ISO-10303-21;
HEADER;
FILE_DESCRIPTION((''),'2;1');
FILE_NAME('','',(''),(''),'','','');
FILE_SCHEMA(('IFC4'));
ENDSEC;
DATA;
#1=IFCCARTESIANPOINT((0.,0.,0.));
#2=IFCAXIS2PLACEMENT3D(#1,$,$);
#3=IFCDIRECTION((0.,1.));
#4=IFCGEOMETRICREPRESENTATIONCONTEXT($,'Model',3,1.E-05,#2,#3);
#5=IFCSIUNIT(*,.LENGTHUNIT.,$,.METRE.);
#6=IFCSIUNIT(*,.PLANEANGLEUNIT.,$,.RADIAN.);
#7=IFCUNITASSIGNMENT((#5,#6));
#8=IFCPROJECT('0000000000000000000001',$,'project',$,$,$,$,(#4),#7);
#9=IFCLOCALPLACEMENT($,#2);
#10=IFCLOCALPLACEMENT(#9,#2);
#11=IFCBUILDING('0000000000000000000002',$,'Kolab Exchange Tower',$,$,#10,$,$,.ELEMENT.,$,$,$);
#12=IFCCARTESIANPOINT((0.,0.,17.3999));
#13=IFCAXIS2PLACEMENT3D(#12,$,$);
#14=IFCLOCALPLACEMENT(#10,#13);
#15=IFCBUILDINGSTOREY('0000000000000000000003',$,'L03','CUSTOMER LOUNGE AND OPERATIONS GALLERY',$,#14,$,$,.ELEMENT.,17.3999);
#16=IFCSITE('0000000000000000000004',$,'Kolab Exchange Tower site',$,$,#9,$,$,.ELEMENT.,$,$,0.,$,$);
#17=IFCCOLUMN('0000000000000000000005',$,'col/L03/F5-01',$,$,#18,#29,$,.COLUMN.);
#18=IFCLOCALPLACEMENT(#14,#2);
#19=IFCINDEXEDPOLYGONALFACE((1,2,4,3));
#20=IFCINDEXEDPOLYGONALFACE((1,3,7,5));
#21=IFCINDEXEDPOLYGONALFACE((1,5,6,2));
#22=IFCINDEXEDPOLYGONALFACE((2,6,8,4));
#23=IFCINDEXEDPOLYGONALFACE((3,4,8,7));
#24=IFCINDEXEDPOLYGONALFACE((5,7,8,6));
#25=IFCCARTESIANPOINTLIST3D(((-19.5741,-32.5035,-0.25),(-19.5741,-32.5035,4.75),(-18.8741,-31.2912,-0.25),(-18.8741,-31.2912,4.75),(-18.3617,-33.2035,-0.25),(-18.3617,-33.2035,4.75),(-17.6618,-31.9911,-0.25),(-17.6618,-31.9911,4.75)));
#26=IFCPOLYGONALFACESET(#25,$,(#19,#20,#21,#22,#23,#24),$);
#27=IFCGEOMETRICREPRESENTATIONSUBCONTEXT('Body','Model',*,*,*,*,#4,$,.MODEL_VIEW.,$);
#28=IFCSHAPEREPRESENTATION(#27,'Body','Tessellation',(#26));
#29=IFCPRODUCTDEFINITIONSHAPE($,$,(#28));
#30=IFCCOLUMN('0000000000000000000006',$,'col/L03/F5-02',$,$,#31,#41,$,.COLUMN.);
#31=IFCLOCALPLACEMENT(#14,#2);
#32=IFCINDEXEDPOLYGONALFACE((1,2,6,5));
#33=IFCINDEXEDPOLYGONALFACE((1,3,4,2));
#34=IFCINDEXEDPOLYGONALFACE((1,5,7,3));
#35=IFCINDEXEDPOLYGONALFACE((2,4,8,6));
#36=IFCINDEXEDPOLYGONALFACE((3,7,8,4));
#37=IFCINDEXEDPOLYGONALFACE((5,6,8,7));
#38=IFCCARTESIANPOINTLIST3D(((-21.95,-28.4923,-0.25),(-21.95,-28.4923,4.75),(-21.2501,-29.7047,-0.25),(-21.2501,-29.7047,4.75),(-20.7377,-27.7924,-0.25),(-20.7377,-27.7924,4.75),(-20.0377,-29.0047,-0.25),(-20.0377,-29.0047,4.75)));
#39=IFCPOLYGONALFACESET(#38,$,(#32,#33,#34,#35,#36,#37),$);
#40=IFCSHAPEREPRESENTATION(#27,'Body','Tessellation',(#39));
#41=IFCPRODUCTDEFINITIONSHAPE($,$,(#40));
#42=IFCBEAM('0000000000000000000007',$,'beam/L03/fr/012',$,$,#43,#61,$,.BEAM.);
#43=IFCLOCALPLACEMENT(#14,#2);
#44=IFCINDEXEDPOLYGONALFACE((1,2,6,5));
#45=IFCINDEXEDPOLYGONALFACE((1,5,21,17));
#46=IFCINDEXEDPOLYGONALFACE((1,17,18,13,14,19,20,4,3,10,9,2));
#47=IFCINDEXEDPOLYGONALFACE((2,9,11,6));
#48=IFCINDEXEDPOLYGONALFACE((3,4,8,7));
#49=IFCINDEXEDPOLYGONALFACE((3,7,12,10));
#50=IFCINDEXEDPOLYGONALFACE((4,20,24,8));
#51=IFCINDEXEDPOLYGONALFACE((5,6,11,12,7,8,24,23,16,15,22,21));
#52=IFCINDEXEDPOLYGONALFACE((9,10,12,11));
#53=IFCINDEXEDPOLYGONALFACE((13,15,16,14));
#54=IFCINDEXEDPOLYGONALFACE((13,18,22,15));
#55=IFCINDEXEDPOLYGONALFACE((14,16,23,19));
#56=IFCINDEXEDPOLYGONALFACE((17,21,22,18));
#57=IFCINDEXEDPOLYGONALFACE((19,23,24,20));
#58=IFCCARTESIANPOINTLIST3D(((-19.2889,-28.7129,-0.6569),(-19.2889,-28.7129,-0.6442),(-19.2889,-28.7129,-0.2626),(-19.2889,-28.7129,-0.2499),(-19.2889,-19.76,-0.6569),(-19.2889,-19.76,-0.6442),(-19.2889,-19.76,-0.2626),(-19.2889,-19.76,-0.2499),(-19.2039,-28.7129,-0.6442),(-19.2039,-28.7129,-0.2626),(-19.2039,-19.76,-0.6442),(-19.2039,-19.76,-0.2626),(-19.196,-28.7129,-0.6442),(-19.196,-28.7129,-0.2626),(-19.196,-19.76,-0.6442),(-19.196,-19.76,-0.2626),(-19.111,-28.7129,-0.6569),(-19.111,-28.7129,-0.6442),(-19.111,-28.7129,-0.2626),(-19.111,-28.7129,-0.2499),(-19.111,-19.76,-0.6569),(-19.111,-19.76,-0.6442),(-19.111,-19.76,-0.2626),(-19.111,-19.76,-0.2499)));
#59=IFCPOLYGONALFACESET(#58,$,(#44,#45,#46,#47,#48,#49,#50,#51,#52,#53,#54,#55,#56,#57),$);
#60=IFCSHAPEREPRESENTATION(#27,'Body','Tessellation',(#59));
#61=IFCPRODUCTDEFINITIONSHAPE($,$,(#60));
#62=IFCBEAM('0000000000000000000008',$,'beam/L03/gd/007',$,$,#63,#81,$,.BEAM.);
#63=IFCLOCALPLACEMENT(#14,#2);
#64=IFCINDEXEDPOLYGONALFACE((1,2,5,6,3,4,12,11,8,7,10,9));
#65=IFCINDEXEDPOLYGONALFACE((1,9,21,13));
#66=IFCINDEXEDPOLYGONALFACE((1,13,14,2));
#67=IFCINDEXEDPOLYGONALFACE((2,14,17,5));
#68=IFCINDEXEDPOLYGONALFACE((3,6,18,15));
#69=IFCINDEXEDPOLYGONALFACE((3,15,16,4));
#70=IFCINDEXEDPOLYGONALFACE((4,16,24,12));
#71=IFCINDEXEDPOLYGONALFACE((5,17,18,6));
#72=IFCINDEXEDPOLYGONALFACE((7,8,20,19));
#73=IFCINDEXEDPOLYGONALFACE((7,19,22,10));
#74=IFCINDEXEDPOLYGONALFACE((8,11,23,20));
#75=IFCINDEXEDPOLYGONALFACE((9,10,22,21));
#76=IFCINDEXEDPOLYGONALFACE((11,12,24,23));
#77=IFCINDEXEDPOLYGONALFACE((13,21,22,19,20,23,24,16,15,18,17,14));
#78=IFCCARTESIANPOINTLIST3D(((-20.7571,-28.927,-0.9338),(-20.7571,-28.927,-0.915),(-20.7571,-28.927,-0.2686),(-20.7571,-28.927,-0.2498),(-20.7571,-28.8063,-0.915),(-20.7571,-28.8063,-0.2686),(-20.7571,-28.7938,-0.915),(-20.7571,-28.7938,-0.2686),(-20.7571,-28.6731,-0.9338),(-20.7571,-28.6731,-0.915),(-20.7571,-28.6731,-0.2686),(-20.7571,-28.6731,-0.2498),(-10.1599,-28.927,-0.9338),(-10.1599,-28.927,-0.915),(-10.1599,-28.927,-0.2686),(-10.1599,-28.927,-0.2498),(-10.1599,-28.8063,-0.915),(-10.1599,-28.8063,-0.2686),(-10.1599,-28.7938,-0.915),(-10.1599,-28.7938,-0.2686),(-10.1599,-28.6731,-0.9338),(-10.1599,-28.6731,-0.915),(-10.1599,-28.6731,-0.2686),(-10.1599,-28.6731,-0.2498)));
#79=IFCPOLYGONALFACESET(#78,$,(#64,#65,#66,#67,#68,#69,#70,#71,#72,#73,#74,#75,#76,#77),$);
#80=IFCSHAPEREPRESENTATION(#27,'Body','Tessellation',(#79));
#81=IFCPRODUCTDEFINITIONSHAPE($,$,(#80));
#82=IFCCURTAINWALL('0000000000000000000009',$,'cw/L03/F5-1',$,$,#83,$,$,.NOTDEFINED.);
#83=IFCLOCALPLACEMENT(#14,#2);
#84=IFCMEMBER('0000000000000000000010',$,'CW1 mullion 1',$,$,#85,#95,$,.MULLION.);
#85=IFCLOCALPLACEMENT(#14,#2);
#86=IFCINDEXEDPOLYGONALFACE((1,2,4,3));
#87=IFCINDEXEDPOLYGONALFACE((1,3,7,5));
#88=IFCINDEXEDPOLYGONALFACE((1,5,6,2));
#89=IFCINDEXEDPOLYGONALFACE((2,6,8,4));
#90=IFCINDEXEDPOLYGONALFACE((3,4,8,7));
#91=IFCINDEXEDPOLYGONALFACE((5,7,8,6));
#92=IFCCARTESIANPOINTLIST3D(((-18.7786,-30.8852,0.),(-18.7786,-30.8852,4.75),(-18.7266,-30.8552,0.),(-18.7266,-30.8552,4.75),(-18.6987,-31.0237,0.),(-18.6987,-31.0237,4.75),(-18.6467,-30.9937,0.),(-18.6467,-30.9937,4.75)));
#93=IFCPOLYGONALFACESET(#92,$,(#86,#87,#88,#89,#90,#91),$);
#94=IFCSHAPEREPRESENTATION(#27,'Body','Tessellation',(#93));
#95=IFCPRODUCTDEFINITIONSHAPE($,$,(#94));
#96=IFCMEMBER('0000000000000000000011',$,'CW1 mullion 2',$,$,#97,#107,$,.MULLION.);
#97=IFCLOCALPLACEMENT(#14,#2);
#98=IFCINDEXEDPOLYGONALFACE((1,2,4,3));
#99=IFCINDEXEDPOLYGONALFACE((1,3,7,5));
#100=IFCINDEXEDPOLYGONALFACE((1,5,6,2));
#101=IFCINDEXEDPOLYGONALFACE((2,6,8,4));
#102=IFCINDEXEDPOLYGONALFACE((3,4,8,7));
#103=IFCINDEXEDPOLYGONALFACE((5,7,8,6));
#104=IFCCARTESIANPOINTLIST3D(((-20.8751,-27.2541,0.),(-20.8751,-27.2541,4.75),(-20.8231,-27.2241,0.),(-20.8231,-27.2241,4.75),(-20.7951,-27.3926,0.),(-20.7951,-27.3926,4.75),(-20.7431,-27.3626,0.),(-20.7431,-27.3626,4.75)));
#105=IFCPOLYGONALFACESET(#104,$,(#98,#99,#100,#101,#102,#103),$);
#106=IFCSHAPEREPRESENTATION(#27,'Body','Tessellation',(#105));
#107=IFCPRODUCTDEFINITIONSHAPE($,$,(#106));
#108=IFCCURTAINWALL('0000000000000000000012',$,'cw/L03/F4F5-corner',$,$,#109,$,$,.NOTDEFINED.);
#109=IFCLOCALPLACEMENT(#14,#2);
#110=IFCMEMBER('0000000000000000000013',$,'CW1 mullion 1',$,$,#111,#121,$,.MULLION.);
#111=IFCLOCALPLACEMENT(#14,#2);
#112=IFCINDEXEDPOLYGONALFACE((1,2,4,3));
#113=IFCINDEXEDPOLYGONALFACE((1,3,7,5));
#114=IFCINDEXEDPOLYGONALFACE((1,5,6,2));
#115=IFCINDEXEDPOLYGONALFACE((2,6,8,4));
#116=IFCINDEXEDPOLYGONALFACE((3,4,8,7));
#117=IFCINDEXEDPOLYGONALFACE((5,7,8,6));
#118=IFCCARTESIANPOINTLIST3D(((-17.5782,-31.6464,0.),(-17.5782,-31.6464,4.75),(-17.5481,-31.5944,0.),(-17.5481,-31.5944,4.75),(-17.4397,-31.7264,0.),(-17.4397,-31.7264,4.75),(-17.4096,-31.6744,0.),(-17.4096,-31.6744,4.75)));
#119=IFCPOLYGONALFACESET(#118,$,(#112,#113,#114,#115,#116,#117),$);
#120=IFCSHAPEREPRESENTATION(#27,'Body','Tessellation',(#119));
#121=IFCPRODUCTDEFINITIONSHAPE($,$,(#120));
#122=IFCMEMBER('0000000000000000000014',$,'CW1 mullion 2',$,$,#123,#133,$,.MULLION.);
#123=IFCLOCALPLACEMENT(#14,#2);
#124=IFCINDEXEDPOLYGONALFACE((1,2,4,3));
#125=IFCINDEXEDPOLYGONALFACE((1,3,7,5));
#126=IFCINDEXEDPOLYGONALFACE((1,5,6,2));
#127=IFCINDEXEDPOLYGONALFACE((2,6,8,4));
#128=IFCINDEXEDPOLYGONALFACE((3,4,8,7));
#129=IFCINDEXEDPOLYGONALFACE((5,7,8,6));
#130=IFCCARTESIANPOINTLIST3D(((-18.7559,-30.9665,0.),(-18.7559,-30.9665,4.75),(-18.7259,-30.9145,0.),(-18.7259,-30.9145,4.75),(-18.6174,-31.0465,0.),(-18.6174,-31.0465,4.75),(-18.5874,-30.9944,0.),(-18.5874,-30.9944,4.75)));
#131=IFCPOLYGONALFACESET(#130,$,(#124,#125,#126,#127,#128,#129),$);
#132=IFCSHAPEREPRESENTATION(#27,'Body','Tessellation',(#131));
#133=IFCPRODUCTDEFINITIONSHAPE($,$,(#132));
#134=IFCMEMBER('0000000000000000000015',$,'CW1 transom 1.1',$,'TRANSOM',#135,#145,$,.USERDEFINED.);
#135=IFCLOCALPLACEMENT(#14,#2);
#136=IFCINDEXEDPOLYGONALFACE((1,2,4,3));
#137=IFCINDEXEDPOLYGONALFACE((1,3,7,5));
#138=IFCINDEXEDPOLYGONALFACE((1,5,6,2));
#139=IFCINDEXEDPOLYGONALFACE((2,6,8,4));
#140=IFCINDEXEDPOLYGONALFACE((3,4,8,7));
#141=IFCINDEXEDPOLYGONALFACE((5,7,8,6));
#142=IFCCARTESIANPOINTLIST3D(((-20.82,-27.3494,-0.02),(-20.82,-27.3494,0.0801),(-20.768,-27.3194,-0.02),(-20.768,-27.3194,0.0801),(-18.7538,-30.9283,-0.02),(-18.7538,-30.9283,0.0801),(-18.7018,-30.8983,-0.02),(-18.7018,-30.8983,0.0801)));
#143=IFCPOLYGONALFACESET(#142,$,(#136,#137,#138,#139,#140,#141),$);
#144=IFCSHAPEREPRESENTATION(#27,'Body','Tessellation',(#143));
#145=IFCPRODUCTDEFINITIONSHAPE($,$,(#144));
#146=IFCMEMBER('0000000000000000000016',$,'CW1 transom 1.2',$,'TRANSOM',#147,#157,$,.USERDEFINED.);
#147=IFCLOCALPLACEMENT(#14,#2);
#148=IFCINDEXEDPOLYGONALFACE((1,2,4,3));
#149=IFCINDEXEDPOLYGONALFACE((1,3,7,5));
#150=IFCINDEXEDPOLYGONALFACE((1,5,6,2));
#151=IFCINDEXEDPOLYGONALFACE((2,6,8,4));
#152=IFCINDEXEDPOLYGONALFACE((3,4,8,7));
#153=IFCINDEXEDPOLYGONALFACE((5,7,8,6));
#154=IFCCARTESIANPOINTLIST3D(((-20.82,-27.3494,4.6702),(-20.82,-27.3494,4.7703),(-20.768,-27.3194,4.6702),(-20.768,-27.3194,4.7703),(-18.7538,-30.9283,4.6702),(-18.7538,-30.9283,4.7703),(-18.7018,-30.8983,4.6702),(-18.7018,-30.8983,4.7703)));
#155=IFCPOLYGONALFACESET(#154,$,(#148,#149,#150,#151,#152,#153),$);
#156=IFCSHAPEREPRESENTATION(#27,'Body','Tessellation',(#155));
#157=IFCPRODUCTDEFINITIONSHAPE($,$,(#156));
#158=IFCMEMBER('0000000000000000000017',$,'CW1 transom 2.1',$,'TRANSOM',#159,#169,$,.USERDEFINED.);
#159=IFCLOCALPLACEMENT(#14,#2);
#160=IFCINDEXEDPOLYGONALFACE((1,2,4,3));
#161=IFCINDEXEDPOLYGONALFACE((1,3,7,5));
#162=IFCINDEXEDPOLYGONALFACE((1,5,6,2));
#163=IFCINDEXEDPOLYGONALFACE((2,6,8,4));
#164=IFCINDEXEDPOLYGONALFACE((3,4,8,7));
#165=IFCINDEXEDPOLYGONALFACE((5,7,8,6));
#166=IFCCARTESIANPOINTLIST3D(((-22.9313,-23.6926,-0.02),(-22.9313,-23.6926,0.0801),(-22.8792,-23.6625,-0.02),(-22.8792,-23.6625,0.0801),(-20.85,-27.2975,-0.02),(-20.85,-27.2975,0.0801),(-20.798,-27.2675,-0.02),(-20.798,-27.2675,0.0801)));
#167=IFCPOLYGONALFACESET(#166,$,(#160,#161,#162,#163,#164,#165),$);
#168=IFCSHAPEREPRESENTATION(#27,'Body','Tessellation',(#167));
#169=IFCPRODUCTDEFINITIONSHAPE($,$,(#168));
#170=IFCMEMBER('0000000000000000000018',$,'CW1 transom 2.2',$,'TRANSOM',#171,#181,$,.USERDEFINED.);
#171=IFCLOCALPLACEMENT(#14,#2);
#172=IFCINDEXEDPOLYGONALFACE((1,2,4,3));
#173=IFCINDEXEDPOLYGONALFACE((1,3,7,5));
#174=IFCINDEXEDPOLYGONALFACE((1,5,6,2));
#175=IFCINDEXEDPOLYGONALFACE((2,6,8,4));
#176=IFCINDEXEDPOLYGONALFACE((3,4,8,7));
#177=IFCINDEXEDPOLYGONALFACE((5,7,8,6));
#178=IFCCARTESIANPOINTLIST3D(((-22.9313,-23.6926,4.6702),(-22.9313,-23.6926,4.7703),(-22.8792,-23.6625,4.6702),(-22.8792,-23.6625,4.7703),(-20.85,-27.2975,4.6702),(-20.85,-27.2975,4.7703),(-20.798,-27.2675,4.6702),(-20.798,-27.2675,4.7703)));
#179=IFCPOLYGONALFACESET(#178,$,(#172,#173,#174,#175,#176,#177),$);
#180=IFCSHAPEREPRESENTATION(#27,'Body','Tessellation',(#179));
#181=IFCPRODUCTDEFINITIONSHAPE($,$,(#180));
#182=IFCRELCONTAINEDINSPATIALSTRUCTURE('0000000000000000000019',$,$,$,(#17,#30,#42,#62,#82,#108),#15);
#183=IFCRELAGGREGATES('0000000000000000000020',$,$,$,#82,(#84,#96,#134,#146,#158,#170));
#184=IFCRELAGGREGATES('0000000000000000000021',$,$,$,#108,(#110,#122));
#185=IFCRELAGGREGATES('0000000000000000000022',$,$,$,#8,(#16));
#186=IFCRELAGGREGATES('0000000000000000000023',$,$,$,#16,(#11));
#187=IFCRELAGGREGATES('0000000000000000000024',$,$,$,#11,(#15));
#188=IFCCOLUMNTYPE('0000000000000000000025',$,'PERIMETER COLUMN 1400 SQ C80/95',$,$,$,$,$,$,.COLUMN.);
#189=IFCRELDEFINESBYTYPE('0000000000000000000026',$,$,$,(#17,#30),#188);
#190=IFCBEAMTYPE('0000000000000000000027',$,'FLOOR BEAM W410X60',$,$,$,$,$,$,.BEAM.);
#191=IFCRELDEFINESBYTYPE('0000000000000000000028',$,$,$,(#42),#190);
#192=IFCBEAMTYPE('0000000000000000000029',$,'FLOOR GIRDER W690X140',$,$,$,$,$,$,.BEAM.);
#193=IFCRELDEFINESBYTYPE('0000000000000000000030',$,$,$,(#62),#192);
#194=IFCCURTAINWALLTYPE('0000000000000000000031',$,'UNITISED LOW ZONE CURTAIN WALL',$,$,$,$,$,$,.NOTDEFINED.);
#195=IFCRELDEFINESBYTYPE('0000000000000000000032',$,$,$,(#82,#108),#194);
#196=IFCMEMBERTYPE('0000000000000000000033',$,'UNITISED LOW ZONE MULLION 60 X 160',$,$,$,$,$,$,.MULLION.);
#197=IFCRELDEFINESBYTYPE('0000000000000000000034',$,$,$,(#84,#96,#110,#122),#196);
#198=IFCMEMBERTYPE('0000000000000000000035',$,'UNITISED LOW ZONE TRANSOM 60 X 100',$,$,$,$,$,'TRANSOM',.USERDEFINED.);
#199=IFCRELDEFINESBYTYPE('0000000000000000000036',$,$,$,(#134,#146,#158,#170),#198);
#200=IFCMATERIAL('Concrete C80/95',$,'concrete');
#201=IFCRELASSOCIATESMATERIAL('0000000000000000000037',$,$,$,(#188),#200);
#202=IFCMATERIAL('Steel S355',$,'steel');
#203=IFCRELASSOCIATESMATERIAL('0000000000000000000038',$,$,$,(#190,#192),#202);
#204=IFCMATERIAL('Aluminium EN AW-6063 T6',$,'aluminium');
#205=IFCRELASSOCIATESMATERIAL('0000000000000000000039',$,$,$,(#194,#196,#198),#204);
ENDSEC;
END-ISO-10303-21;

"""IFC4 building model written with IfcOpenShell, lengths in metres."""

from ifc_helpers import new_model, si_unit, direction, frame, origin, origin_2d, place, context, subcontext, project, spatial, rectangle, i_section, extrude, material, material_profile, profile_set, type_object, element, aggregate, save


model = new_model("IFC4")

# Units and contexts
model_context = context("Model", 3, precision=1e-05, world=origin(), true_north=direction((0.0, 1.0)))
body_context = subcontext(model_context, "Body", "Model", "MODEL_VIEW")
ifc_project = project(units=[si_unit("LENGTHUNIT", "METRE"), si_unit("PLANEANGLEUNIT", "RADIAN")], contexts=[model_context])

# Site, building, storey
site_placement = place(None, origin())
site = spatial("IfcSite", under=ifc_project, at=site_placement, Name="Kolab Exchange Tower site", CompositionType="ELEMENT", RefElevation=0.0)
building_placement = place(site_placement, origin())
building = spatial("IfcBuilding", under=site, at=building_placement, Name="Kolab Exchange Tower", CompositionType="ELEMENT")
storey_placement = place(building_placement, frame((0.0, 0.0, 17.3999)))
storey = spatial("IfcBuildingStorey", under=building, at=storey_placement, Name="L03", Description="CUSTOMER LOUNGE AND OPERATIONS GALLERY", CompositionType="ELEMENT", Elevation=17.3999)

# Columns
ifc_material_1 = material(Name="Concrete C80/95", Category="concrete")
ifc_material_profile_1 = material_profile(ifc_material_1, rectangle(XDim=1.3999, YDim=1.3999, at=origin_2d()), Name="RC1400")
ifc_profile_set_1 = profile_set([ifc_material_profile_1], Name="Concrete C80/95")
column_type = type_object("IfcColumnType", Name="PERIMETER COLUMN 1400 SQ C80/95", PredefinedType="COLUMN", material=ifc_profile_set_1)
for number, where, z_axis, x_axis, name in (
    (1, (-18.6179, -32.2473, -0.25), (0.0, 0.0, 1.0), (0.5, 0.866025, 0.0), "col/L03/F5-01"),
    (2, (-20.9939, -28.7485, -0.25), (0.0, 0.0, 1.0), (0.866025, 0.5, 0.0), "col/L03/F5-02"),
):
    element("IfcColumn", number, at=place(storey_placement, frame(where, z_axis=z_axis, x_axis=x_axis)), inside=storey, type_object=column_type, Name=name, PredefinedType="COLUMN", context=body_context, shape_type="SweptSolid", body=[
        extrude(rectangle(XDim=1.3999, YDim=1.3999, at=origin_2d()), origin(), (0.0, 0.0, 1.0), 5.0),
    ])

# Beams
ifc_material_2 = material(Name="Steel S355", Category="steel")
ifc_material_profile_2 = material_profile(ifc_material_2, i_section(OverallWidth=0.178, OverallDepth=0.407, WebThickness=0.0078, FlangeThickness=0.0127, at=origin_2d()), Name="W410X60")
ifc_profile_set_2 = profile_set([ifc_material_profile_2], Name="Steel S355")
beam_type_1 = type_object("IfcBeamType", Name="FLOOR BEAM W410X60", PredefinedType="BEAM", material=ifc_profile_set_2)
beam_1_placement = place(storey_placement, frame((-19.2, -28.7129, -0.4534), z_axis=(0.0, 1.0, 0.0), x_axis=(-1.0, 0.0, 0.0)))
element("IfcBeam", 3, at=beam_1_placement, inside=storey, type_object=beam_type_1, Name="beam/L03/fr/012", PredefinedType="BEAM", context=body_context, shape_type="SweptSolid", body=[
    extrude(i_section(OverallWidth=0.178, OverallDepth=0.407, WebThickness=0.0078, FlangeThickness=0.0127, at=origin_2d()), origin(), (0.0, 0.0, 1.0), 8.9529),
])
ifc_material_profile_3 = material_profile(ifc_material_2, i_section(OverallWidth=0.2539, OverallDepth=0.6841, WebThickness=0.0125, FlangeThickness=0.0188, at=origin_2d()), Name="W690X140")
ifc_profile_set_3 = profile_set([ifc_material_profile_3], Name="Steel S355")
beam_type_2 = type_object("IfcBeamType", Name="FLOOR GIRDER W690X140", PredefinedType="BEAM", material=ifc_profile_set_3)
beam_2_placement = place(storey_placement, frame((-20.7571, -28.8, -0.5918), z_axis=(1.0, 0.0, 0.0), x_axis=(0.0, 1.0, 0.0)))
element("IfcBeam", 4, at=beam_2_placement, inside=storey, type_object=beam_type_2, Name="beam/L03/gd/007", PredefinedType="BEAM", context=body_context, shape_type="SweptSolid", body=[
    extrude(i_section(OverallWidth=0.2539, OverallDepth=0.6841, WebThickness=0.0125, FlangeThickness=0.0188, at=origin_2d()), origin(), (0.0, 0.0, 1.0), 10.5972),
])

# Curtain walls, members
ifc_material_3 = material(Name="Aluminium EN AW-6063 T6", Category="aluminium")
curtain_wall_type = type_object("IfcCurtainWallType", Name="UNITISED LOW ZONE CURTAIN WALL", PredefinedType="NOTDEFINED", material=ifc_material_3)
curtain_wall_1_placement = place(storey_placement, origin())
curtain_wall_1 = element("IfcCurtainWall", 5, at=curtain_wall_1_placement, inside=storey, type_object=curtain_wall_type, Name="cw/L03/F5-1", PredefinedType="NOTDEFINED")
ifc_material_profile_4 = material_profile(ifc_material_3, rectangle(XDim=0.0601, YDim=0.1599, at=origin_2d()), Name="RECT 60X160")
ifc_profile_set_4 = profile_set([ifc_material_profile_4], Name="Aluminium EN AW-6063 T6")
member_type_1 = type_object("IfcMemberType", Name="UNITISED LOW ZONE MULLION 60 X 160", PredefinedType="MULLION", material=ifc_profile_set_4)
member_1_placement = place(storey_placement, frame((-18.7126, -30.9395, 0.0), z_axis=(0.0, 0.0, 1.0), x_axis=(-0.866025, -0.5, 0.0)))
member_1 = element("IfcMember", 6, at=member_1_placement, type_object=member_type_1, Name="CW1 mullion 1", PredefinedType="MULLION", context=body_context, shape_type="SweptSolid", body=[
    extrude(rectangle(XDim=0.0601, YDim=0.1599, at=origin_2d()), origin(), (0.0, 0.0, 1.0), 4.75),
])
member_2_placement = place(storey_placement, frame((-20.8091, -27.3083, 0.0), z_axis=(0.0, 0.0, 1.0), x_axis=(-0.866025, -0.5, 0.0)))
member_2 = element("IfcMember", 7, at=member_2_placement, type_object=member_type_1, Name="CW1 mullion 2", PredefinedType="MULLION", context=body_context, shape_type="SweptSolid", body=[
    extrude(rectangle(XDim=0.0601, YDim=0.1599, at=origin_2d()), origin(), (0.0, 0.0, 1.0), 4.75),
])
curtain_wall_2_placement = place(storey_placement, origin())
curtain_wall_2 = element("IfcCurtainWall", 8, at=curtain_wall_2_placement, inside=storey, type_object=curtain_wall_type, Name="cw/L03/F4F5-corner", PredefinedType="NOTDEFINED")
member_3_placement = place(storey_placement, frame((-17.4939, -31.6604, 0.0), z_axis=(0.0, 0.0, 1.0), x_axis=(-0.5, -0.866025, 0.0)))
member_3 = element("IfcMember", 9, at=member_3_placement, type_object=member_type_1, Name="CW1 mullion 1", PredefinedType="MULLION", context=body_context, shape_type="SweptSolid", body=[
    extrude(rectangle(XDim=0.0601, YDim=0.1599, at=origin_2d()), origin(), (0.0, 0.0, 1.0), 4.75),
])
member_4_placement = place(storey_placement, frame((-18.6716, -30.9805, 0.0), z_axis=(0.0, 0.0, 1.0), x_axis=(-0.5, -0.866025, 0.0)))
member_4 = element("IfcMember", 10, at=member_4_placement, type_object=member_type_1, Name="CW1 mullion 2", PredefinedType="MULLION", context=body_context, shape_type="SweptSolid", body=[
    extrude(rectangle(XDim=0.0601, YDim=0.1599, at=origin_2d()), origin(), (0.0, 0.0, 1.0), 4.75),
])

# Members
ifc_material_profile_5 = material_profile(ifc_material_3, rectangle(XDim=0.0601, YDim=0.1001, at=origin_2d()), Name="RECT 60X100")
ifc_profile_set_5 = profile_set([ifc_material_profile_5], Name="Aluminium EN AW-6063 T6")
member_type_2 = type_object("IfcMemberType", Name="UNITISED LOW ZONE TRANSOM 60 X 100", ElementType="TRANSOM", PredefinedType="USERDEFINED", material=ifc_profile_set_5)
member_5_placement = place(storey_placement, frame((-18.7278, -30.9133, 0.03), z_axis=(-0.499983, 0.866035, 0.0), x_axis=(-0.866035, -0.499983, 0.0)))
member_5 = element("IfcMember", 11, at=member_5_placement, type_object=member_type_2, Name="CW1 transom 1.1", ObjectType="TRANSOM", PredefinedType="USERDEFINED", context=body_context, shape_type="SweptSolid", body=[
    extrude(rectangle(XDim=0.0601, YDim=0.1001, at=origin_2d()), origin(), (0.0, 0.0, 1.0), 4.1326),
])
member_6_placement = place(storey_placement, frame((-18.7278, -30.9133, 4.7202), z_axis=(-0.499983, 0.866035, 0.0), x_axis=(-0.866035, -0.499983, 0.0)))
member_6 = element("IfcMember", 12, at=member_6_placement, type_object=member_type_2, Name="CW1 transom 1.2", ObjectType="TRANSOM", PredefinedType="USERDEFINED", context=body_context, shape_type="SweptSolid", body=[
    extrude(rectangle(XDim=0.0601, YDim=0.1001, at=origin_2d()), origin(), (0.0, 0.0, 1.0), 4.1326),
])
member_7_placement = place(storey_placement, frame((-20.824, -27.2825, 0.03), z_axis=(-0.499993, 0.866029, 0.0), x_axis=(-0.866029, -0.499993, 0.0)))
member_7 = element("IfcMember", 13, at=member_7_placement, type_object=member_type_2, Name="CW1 transom 2.1", ObjectType="TRANSOM", PredefinedType="USERDEFINED", context=body_context, shape_type="SweptSolid", body=[
    extrude(rectangle(XDim=0.0601, YDim=0.1001, at=origin_2d()), origin(), (0.0, 0.0, 1.0), 4.1626),
])
member_8_placement = place(storey_placement, frame((-20.824, -27.2825, 4.7202), z_axis=(-0.499993, 0.866029, 0.0), x_axis=(-0.866029, -0.499993, 0.0)))
member_8 = element("IfcMember", 14, at=member_8_placement, type_object=member_type_2, Name="CW1 transom 2.2", ObjectType="TRANSOM", PredefinedType="USERDEFINED", context=body_context, shape_type="SweptSolid", body=[
    extrude(rectangle(XDim=0.0601, YDim=0.1001, at=origin_2d()), origin(), (0.0, 0.0, 1.0), 4.1626),
])

aggregate(curtain_wall_1, [member_1, member_2, member_5, member_6, member_7, member_8])
aggregate(curtain_wall_2, [member_3, member_4])

save(model, "model.ifc")
